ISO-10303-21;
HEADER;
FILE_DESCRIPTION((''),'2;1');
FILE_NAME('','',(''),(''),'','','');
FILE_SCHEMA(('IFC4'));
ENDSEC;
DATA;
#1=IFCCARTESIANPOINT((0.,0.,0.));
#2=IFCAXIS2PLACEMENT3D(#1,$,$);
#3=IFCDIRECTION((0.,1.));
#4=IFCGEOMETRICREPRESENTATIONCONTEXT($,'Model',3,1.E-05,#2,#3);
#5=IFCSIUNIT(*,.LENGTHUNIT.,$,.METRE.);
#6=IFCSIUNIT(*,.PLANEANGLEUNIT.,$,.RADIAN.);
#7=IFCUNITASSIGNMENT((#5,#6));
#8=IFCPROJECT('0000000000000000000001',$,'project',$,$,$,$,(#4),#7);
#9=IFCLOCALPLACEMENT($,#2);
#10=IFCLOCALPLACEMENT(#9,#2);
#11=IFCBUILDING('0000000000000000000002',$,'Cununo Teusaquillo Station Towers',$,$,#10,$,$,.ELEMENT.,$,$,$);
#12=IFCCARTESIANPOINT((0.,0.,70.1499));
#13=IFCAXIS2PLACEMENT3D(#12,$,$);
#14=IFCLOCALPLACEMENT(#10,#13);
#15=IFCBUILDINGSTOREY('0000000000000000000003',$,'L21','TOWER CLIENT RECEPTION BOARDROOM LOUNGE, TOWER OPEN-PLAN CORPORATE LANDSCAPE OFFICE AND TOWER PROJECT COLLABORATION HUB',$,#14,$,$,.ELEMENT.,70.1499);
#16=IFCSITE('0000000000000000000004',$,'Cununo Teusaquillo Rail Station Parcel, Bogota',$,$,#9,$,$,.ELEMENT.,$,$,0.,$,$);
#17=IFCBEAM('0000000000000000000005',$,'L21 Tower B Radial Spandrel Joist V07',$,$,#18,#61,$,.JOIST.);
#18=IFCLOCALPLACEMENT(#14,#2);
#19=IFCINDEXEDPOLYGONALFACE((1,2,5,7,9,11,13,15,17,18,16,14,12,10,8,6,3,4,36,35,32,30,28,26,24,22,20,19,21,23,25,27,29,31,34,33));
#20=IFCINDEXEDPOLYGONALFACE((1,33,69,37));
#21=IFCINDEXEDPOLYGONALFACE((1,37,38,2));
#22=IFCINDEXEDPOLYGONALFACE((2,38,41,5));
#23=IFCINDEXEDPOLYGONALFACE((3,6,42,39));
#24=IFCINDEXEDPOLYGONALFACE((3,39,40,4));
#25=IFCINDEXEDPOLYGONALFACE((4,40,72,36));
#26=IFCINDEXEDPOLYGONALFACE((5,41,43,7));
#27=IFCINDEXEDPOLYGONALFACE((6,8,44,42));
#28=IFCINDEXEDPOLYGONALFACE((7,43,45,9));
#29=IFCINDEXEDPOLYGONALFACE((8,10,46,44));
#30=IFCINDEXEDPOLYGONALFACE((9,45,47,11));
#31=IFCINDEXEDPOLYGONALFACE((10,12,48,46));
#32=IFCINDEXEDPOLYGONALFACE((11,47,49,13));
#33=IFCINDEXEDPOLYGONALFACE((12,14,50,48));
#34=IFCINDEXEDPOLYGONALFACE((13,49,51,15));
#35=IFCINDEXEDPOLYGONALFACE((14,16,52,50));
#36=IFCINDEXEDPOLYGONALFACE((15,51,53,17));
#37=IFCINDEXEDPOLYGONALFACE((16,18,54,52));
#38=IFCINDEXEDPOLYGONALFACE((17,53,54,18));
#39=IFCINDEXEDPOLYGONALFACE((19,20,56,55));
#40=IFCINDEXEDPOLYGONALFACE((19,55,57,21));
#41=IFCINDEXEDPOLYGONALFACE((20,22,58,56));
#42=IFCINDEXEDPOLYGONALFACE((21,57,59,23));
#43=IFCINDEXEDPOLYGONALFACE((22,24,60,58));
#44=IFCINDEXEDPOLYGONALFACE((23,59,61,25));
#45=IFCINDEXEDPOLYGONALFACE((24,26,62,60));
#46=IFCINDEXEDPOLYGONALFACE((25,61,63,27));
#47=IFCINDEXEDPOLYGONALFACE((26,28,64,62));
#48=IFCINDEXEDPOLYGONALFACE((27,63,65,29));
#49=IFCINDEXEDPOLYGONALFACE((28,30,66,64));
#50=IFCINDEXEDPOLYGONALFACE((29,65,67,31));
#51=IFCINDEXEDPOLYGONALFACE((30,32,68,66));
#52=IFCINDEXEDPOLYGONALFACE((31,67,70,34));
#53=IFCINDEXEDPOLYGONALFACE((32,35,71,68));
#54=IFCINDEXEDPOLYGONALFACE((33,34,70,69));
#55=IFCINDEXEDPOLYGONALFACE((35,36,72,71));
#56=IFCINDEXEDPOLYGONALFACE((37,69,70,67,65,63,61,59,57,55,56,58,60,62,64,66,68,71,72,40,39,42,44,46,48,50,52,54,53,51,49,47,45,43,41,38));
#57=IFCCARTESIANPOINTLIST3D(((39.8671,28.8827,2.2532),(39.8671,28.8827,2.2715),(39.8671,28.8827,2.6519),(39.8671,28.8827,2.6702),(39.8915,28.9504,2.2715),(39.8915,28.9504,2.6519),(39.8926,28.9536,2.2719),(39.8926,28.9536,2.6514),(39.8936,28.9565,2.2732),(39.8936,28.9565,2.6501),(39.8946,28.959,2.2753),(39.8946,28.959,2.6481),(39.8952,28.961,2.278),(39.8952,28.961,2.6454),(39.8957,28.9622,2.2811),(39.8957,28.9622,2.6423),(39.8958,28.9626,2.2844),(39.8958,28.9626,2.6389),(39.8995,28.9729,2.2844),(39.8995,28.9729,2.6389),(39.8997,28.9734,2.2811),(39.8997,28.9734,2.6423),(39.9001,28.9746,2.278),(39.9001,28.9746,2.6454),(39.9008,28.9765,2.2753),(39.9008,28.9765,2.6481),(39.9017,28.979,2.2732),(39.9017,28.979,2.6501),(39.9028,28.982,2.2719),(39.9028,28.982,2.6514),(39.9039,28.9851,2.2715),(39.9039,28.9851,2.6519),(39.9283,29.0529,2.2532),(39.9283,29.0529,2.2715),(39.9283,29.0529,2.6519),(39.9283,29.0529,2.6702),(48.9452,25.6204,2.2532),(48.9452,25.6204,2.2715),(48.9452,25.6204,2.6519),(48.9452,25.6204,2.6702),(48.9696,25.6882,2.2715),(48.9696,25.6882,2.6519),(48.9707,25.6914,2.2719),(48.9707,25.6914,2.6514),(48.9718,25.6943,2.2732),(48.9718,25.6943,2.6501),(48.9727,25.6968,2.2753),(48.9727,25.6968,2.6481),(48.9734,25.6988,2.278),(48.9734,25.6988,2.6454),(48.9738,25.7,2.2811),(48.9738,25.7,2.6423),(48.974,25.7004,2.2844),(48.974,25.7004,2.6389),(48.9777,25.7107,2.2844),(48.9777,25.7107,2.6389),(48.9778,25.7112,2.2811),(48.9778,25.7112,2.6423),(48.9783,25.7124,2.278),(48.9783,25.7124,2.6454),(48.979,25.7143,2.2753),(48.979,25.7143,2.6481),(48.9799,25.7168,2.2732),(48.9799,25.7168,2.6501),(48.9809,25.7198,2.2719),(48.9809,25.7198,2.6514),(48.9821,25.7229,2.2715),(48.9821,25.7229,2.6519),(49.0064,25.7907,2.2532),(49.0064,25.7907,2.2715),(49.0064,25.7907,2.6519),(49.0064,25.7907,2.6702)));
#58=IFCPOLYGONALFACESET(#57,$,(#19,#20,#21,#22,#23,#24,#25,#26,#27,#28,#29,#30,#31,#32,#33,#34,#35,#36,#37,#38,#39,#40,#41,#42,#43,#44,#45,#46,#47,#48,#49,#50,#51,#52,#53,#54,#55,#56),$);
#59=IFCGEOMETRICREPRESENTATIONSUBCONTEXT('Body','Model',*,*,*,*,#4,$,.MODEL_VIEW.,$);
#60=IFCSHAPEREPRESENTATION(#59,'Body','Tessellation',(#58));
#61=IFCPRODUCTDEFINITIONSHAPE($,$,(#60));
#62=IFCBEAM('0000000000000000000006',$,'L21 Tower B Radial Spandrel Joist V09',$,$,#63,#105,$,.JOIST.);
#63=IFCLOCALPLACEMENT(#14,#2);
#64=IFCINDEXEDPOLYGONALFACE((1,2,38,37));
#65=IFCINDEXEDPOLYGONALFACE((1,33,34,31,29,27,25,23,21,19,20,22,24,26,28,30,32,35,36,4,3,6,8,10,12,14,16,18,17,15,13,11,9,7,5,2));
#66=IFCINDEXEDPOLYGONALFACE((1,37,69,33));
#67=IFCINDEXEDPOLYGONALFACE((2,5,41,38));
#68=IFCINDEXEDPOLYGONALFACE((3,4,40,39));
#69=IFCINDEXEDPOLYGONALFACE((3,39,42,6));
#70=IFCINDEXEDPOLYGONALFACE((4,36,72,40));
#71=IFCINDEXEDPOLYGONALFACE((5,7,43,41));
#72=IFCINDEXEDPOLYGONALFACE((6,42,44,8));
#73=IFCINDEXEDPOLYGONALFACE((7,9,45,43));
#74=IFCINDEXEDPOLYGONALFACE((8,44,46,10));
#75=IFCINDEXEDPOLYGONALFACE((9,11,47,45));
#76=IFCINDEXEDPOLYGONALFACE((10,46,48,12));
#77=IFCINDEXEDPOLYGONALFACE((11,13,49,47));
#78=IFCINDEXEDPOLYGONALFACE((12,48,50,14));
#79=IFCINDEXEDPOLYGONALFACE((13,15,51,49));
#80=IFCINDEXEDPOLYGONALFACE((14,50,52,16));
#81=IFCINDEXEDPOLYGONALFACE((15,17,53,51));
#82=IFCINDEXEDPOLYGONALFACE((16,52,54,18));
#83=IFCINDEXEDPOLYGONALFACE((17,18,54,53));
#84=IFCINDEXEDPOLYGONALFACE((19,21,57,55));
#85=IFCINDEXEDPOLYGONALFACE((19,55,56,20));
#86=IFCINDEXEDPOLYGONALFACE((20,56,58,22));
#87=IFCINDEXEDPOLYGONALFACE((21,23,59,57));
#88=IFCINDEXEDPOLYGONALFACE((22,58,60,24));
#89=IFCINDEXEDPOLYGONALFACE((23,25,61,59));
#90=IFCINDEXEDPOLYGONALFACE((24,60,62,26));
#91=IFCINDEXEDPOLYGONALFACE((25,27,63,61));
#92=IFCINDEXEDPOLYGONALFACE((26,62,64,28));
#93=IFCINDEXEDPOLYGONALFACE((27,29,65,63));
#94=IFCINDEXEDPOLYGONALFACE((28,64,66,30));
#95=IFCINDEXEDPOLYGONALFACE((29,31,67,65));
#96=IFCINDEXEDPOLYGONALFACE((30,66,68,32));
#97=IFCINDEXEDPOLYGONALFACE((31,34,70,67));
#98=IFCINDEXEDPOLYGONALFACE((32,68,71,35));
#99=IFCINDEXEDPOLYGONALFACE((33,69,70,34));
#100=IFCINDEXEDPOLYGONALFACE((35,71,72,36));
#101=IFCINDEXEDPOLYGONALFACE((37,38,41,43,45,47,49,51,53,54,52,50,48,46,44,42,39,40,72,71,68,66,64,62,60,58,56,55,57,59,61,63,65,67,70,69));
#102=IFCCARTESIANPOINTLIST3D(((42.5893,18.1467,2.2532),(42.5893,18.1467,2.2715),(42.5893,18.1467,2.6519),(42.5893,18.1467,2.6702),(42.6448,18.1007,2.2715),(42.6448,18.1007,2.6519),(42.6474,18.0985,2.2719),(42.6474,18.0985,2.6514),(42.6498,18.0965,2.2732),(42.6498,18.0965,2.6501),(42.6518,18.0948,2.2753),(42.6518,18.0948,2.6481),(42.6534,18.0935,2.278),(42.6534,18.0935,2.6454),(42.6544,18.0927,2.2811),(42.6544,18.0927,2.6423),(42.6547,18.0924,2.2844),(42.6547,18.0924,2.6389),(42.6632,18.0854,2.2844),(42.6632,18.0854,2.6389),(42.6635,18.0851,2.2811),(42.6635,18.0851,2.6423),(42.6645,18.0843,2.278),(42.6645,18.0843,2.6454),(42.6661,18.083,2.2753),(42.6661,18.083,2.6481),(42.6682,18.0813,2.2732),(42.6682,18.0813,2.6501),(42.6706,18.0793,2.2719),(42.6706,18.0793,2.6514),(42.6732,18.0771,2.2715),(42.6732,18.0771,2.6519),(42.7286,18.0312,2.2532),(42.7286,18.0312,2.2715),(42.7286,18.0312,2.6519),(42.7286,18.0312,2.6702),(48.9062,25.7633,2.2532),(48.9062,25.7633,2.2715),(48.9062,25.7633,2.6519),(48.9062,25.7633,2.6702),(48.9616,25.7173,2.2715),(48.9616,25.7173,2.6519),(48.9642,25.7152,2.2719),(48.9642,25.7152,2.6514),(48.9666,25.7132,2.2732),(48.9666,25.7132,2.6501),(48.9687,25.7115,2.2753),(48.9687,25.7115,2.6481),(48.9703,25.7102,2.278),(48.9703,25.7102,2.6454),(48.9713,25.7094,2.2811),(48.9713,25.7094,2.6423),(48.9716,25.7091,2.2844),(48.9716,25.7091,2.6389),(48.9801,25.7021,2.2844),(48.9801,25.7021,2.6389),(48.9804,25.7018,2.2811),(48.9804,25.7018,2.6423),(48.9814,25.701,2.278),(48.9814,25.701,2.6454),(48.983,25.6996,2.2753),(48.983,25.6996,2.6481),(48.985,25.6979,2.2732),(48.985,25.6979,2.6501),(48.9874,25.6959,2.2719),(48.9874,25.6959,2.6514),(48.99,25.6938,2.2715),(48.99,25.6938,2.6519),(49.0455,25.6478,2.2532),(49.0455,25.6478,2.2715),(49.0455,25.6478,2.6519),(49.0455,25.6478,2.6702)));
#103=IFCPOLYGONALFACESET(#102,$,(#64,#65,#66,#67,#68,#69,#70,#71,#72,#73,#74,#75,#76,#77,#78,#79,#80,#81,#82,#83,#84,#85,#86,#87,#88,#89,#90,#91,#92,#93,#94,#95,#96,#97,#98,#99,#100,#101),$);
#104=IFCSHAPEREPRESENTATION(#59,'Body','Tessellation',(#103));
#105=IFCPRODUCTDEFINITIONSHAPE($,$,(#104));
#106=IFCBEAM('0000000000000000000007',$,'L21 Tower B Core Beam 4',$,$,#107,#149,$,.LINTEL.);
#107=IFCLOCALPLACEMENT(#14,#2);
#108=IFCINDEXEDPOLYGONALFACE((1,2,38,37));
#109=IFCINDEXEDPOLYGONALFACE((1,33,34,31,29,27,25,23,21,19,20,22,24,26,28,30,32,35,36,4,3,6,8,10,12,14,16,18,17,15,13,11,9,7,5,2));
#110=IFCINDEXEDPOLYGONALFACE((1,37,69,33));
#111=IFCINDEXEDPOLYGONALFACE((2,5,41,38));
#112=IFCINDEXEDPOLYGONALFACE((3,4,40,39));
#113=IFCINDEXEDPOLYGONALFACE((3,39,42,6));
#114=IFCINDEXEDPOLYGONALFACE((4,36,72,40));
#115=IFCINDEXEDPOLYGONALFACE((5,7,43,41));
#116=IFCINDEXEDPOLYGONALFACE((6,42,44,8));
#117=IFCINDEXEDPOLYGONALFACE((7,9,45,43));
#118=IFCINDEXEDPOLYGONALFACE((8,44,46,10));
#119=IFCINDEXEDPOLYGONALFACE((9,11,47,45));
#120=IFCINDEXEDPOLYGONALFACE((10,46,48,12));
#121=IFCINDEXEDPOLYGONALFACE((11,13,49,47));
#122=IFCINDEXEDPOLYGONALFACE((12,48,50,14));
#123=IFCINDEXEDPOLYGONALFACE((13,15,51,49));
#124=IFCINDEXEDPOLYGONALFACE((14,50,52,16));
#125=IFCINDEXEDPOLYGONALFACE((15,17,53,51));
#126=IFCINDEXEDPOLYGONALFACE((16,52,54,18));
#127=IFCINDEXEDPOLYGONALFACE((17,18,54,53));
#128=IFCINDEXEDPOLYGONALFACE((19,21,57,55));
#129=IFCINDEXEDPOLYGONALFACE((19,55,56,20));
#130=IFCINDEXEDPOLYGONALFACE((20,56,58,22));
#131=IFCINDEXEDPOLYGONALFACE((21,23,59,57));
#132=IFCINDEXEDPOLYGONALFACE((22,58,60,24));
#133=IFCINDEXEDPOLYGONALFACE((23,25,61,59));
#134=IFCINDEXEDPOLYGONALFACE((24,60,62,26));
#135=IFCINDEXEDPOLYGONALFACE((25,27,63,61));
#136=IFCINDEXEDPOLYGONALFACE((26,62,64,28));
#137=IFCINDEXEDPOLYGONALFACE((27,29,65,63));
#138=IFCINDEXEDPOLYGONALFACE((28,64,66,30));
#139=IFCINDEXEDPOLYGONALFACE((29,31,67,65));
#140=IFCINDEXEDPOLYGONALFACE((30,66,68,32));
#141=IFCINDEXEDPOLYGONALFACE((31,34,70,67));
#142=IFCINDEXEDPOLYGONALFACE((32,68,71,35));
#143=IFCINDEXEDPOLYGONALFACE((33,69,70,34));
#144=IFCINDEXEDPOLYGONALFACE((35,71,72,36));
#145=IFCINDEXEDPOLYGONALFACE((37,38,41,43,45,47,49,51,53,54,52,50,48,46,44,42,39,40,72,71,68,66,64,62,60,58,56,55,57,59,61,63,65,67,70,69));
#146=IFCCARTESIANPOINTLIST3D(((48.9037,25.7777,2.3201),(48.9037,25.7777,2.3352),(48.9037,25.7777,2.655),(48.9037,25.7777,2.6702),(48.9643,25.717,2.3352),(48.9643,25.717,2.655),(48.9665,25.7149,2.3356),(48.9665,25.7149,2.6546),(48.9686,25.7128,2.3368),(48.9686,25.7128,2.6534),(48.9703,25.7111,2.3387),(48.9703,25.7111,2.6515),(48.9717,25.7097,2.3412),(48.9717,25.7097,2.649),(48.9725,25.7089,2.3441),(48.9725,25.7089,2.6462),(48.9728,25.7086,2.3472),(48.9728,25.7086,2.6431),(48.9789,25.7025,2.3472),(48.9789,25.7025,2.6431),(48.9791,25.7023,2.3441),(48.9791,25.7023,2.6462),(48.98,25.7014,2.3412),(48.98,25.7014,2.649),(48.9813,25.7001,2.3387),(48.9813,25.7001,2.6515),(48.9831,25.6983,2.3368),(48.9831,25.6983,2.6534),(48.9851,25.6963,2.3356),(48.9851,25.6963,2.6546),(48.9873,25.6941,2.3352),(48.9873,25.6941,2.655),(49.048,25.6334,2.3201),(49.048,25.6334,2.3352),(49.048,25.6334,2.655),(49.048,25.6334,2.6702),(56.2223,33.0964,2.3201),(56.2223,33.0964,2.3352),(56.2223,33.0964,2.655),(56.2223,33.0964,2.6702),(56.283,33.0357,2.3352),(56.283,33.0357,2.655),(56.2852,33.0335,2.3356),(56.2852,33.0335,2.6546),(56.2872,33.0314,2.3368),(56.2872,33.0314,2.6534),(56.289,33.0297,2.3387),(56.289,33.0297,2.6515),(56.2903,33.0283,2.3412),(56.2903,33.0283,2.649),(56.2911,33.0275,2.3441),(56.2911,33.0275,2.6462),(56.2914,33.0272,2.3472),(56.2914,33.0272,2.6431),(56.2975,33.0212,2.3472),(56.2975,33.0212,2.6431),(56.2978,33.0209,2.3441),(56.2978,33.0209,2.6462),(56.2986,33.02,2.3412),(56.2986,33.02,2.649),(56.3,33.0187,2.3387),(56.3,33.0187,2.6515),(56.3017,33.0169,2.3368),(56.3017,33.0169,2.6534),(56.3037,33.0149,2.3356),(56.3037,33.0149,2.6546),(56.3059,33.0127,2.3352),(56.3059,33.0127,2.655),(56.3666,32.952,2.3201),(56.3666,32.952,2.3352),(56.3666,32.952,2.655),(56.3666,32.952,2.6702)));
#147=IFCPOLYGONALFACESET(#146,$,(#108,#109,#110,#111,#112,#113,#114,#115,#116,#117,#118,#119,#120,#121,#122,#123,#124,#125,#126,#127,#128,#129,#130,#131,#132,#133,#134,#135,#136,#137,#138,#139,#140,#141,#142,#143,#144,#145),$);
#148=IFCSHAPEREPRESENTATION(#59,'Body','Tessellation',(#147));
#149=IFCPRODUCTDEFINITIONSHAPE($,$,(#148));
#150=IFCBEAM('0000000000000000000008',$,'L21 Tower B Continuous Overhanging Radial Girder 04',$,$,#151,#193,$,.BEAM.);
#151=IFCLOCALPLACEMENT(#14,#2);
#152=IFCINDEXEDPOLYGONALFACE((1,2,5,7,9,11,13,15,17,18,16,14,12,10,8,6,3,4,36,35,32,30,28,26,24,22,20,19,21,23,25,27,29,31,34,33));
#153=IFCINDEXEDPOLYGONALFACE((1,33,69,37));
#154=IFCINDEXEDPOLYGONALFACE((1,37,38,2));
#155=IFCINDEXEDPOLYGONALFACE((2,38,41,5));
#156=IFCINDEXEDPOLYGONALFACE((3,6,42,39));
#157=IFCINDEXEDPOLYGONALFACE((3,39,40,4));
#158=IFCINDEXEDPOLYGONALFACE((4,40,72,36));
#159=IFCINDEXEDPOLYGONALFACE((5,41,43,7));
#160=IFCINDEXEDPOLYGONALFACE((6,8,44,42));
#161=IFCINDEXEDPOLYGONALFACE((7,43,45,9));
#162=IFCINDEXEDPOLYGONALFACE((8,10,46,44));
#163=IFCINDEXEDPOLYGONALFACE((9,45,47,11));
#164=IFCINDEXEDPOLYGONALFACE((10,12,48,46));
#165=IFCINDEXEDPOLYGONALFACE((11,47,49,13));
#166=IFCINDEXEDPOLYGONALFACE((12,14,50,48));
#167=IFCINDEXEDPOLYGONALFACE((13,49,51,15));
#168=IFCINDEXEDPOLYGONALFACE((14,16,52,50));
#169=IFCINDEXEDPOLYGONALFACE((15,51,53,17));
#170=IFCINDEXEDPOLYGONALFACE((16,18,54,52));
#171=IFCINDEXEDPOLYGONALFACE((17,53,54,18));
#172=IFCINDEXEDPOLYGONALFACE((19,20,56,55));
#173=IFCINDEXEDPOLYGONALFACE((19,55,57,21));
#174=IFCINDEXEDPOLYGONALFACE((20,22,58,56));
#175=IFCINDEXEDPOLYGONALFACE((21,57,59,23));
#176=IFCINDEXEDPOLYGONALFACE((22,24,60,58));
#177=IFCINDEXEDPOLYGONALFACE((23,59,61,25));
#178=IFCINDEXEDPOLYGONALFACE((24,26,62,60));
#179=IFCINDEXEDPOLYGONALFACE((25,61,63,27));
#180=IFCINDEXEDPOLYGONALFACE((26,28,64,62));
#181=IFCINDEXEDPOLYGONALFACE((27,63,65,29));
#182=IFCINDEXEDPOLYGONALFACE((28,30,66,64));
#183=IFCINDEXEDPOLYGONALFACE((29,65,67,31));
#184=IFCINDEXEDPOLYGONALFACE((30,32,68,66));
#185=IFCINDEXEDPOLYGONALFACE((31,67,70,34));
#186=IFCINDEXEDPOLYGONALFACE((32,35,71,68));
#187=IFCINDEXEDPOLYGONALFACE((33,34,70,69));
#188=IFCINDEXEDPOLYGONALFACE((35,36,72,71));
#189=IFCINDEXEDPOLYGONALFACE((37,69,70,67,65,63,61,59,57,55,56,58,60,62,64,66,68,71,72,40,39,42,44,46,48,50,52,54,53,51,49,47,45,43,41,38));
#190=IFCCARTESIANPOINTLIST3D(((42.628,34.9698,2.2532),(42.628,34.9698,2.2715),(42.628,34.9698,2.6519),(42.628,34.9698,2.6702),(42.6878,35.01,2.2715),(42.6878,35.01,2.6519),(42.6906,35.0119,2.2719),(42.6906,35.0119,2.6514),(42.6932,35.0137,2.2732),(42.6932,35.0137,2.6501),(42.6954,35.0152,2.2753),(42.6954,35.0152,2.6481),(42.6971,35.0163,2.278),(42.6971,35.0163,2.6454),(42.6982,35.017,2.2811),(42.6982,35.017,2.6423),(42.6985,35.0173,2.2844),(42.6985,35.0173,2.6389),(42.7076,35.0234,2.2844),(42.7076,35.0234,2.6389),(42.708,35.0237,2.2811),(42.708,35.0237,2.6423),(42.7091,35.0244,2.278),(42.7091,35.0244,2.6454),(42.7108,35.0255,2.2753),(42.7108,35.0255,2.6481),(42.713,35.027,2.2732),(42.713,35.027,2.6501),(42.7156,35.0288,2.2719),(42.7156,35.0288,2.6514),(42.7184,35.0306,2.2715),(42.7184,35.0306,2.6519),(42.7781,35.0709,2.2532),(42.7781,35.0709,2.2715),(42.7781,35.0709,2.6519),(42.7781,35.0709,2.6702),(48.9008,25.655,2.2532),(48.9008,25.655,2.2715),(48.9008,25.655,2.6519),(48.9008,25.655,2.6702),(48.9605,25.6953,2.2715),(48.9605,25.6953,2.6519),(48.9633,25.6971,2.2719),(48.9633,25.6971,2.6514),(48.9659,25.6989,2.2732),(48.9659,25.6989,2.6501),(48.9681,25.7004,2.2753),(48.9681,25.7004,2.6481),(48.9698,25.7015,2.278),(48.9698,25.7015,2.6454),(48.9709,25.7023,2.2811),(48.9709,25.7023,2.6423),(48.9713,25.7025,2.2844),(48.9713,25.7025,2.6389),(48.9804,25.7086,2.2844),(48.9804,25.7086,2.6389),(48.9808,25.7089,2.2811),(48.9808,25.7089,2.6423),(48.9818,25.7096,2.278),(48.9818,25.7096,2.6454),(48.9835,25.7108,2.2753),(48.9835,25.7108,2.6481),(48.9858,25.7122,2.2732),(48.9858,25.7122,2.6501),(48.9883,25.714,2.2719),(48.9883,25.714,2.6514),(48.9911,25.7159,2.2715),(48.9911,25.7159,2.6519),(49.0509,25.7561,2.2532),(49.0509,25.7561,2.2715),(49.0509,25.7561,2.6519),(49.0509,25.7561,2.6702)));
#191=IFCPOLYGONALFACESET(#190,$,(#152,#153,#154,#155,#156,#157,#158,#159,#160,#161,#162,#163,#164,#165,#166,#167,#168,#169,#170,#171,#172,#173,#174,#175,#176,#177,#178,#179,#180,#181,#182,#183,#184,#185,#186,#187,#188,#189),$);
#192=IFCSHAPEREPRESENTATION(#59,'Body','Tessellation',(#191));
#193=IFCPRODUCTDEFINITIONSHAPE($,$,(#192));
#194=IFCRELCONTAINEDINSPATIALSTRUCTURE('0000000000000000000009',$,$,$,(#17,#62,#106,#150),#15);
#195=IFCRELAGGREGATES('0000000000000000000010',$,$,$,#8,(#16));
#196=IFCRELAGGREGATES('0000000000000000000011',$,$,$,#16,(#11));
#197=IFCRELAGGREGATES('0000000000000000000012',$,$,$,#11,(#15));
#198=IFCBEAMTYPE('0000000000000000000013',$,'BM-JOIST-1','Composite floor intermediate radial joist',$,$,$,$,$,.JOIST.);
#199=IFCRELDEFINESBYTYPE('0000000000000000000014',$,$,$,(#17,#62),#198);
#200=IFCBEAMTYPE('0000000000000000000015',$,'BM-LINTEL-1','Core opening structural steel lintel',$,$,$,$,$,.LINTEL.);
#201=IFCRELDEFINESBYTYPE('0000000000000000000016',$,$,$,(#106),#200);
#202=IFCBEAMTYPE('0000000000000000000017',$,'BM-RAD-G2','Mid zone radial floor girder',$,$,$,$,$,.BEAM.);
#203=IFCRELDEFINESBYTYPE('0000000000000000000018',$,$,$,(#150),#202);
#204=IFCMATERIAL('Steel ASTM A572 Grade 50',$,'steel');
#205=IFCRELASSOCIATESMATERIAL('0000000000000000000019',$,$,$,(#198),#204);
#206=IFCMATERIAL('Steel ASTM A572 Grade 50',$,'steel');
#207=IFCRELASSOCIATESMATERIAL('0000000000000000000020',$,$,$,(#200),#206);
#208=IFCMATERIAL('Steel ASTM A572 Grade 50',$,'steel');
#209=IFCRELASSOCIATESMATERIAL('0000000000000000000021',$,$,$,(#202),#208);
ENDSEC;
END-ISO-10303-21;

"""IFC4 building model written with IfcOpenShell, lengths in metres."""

from ifc_helpers import new_model, si_unit, direction, frame, origin, origin_2d, place, context, subcontext, project, spatial, i_section, extrude, material, material_profile, profile_set, type_object, element, save


model = new_model("IFC4")

# Units and contexts
model_context = context("Model", 3, precision=1e-05, world=origin(), true_north=direction((0.0, 1.0)))
body_context = subcontext(model_context, "Body", "Model", "MODEL_VIEW")
ifc_project = project(units=[si_unit("LENGTHUNIT", "METRE"), si_unit("PLANEANGLEUNIT", "RADIAN")], contexts=[model_context])

# Site, building, storey
site_placement = place(None, origin())
site = spatial("IfcSite", under=ifc_project, at=site_placement, Name="Cununo Teusaquillo Rail Station Parcel, Bogota", CompositionType="ELEMENT", RefElevation=0.0)
building_placement = place(site_placement, origin())
building = spatial("IfcBuilding", under=site, at=building_placement, Name="Cununo Teusaquillo Station Towers", CompositionType="ELEMENT")
storey_placement = place(building_placement, frame((0.0, 0.0, 70.1499)))
storey = spatial("IfcBuildingStorey", under=building, at=storey_placement, Name="L21", Description="TOWER CLIENT RECEPTION BOARDROOM LOUNGE, TOWER OPEN-PLAN CORPORATE LANDSCAPE OFFICE AND TOWER PROJECT COLLABORATION HUB", CompositionType="ELEMENT", Elevation=70.1499)

# Beams
ifc_material_1 = material(Name="Steel ASTM A572 Grade 50", Category="steel")
ifc_material_profile_1 = material_profile(ifc_material_1, i_section(OverallWidth=0.1809, OverallDepth=0.417, WebThickness=0.011, FlangeThickness=0.0183, FilletRadius=0.0129, at=origin_2d()), Name="W16X57")
ifc_profile_set_1 = profile_set([ifc_material_profile_1], Name="Steel ASTM A572 Grade 50")
beam_type_1 = type_object("IfcBeamType", Name="BM-JOIST-1", Description="Composite floor intermediate radial joist", PredefinedType="JOIST", material=ifc_profile_set_1)
beam_1_placement = place(storey_placement, frame((48.9758, 25.7056, 2.4617), z_axis=(-0.941083, 0.338176, 0.0), x_axis=(-0.338176, -0.941083, 0.0)))
element("IfcBeam", 1, at=beam_1_placement, inside=storey, type_object=beam_type_1, Name="L21 Tower B Radial Spandrel Joist V07", PredefinedType="JOIST", context=body_context, shape_type="SweptSolid", body=[
    extrude(i_section(OverallWidth=0.1809, OverallDepth=0.417, WebThickness=0.011, FlangeThickness=0.0183, FilletRadius=0.0129, at=origin_2d()), origin(), (0.0, 0.0, 1.0), 9.6465),
])
beam_2_placement = place(storey_placement, frame((48.9758, 25.7056, 2.4617), z_axis=(-0.638372, -0.769728, 0.0), x_axis=(0.769728, -0.638372, 0.0)))
element("IfcBeam", 2, at=beam_2_placement, inside=storey, type_object=beam_type_1, Name="L21 Tower B Radial Spandrel Joist V09", PredefinedType="JOIST", context=body_context, shape_type="SweptSolid", body=[
    extrude(i_section(OverallWidth=0.1809, OverallDepth=0.417, WebThickness=0.011, FlangeThickness=0.0183, FilletRadius=0.0129, at=origin_2d()), origin(), (0.0, 0.0, 1.0), 9.8953),
])
ifc_material_2 = material(Name="Steel ASTM A572 Grade 50", Category="steel")
ifc_material_profile_2 = material_profile(ifc_material_2, i_section(OverallWidth=0.2041, OverallDepth=0.3501, WebThickness=0.0085, FlangeThickness=0.0151, FilletRadius=0.012, at=origin_2d()), Name="W14X48")
ifc_profile_set_2 = profile_set([ifc_material_profile_2], Name="Steel ASTM A572 Grade 50")
beam_type_2 = type_object("IfcBeamType", Name="BM-LINTEL-1", Description="Core opening structural steel lintel", PredefinedType="LINTEL", material=ifc_profile_set_2)
beam_3_placement = place(storey_placement, frame((48.9758, 25.7056, 2.4951), z_axis=(0.707107, 0.707107, 0.0), x_axis=(-0.707107, 0.707107, 0.0)))
element("IfcBeam", 3, at=beam_3_placement, inside=storey, type_object=beam_type_2, Name="L21 Tower B Core Beam 4", PredefinedType="LINTEL", context=body_context, shape_type="SweptSolid", body=[
    extrude(i_section(OverallWidth=0.2041, OverallDepth=0.3501, WebThickness=0.0085, FlangeThickness=0.0151, FilletRadius=0.012, at=origin_2d()), origin(), (0.0, 0.0, 1.0), 10.3501),
])
ifc_material_3 = material(Name="Steel ASTM A572 Grade 50", Category="steel")
ifc_material_profile_3 = material_profile(ifc_material_3, i_section(OverallWidth=0.1809, OverallDepth=0.417, WebThickness=0.011, FlangeThickness=0.0183, FilletRadius=0.0129, at=origin_2d()), Name="W16X57")
ifc_profile_set_3 = profile_set([ifc_material_profile_3], Name="Steel ASTM A572 Grade 50")
beam_type_3 = type_object("IfcBeamType", Name="BM-RAD-G2", Description="Mid zone radial floor girder", PredefinedType="BEAM", material=ifc_profile_set_3)
beam_4_placement = place(storey_placement, frame((48.9758, 25.7056, 2.4617), z_axis=(-0.558572, 0.829456, 0.0), x_axis=(-0.829456, -0.558572, 0.0)))
element("IfcBeam", 4, at=beam_4_placement, inside=storey, type_object=beam_type_3, Name="L21 Tower B Continuous Overhanging Radial Girder 04", PredefinedType="BEAM", context=body_context, shape_type="SweptSolid", body=[
    extrude(i_section(OverallWidth=0.1809, OverallDepth=0.417, WebThickness=0.011, FlangeThickness=0.0183, FilletRadius=0.0129, at=origin_2d()), origin(), (0.0, 0.0, 1.0), 11.23),
])

save(model, "model.ifc")
